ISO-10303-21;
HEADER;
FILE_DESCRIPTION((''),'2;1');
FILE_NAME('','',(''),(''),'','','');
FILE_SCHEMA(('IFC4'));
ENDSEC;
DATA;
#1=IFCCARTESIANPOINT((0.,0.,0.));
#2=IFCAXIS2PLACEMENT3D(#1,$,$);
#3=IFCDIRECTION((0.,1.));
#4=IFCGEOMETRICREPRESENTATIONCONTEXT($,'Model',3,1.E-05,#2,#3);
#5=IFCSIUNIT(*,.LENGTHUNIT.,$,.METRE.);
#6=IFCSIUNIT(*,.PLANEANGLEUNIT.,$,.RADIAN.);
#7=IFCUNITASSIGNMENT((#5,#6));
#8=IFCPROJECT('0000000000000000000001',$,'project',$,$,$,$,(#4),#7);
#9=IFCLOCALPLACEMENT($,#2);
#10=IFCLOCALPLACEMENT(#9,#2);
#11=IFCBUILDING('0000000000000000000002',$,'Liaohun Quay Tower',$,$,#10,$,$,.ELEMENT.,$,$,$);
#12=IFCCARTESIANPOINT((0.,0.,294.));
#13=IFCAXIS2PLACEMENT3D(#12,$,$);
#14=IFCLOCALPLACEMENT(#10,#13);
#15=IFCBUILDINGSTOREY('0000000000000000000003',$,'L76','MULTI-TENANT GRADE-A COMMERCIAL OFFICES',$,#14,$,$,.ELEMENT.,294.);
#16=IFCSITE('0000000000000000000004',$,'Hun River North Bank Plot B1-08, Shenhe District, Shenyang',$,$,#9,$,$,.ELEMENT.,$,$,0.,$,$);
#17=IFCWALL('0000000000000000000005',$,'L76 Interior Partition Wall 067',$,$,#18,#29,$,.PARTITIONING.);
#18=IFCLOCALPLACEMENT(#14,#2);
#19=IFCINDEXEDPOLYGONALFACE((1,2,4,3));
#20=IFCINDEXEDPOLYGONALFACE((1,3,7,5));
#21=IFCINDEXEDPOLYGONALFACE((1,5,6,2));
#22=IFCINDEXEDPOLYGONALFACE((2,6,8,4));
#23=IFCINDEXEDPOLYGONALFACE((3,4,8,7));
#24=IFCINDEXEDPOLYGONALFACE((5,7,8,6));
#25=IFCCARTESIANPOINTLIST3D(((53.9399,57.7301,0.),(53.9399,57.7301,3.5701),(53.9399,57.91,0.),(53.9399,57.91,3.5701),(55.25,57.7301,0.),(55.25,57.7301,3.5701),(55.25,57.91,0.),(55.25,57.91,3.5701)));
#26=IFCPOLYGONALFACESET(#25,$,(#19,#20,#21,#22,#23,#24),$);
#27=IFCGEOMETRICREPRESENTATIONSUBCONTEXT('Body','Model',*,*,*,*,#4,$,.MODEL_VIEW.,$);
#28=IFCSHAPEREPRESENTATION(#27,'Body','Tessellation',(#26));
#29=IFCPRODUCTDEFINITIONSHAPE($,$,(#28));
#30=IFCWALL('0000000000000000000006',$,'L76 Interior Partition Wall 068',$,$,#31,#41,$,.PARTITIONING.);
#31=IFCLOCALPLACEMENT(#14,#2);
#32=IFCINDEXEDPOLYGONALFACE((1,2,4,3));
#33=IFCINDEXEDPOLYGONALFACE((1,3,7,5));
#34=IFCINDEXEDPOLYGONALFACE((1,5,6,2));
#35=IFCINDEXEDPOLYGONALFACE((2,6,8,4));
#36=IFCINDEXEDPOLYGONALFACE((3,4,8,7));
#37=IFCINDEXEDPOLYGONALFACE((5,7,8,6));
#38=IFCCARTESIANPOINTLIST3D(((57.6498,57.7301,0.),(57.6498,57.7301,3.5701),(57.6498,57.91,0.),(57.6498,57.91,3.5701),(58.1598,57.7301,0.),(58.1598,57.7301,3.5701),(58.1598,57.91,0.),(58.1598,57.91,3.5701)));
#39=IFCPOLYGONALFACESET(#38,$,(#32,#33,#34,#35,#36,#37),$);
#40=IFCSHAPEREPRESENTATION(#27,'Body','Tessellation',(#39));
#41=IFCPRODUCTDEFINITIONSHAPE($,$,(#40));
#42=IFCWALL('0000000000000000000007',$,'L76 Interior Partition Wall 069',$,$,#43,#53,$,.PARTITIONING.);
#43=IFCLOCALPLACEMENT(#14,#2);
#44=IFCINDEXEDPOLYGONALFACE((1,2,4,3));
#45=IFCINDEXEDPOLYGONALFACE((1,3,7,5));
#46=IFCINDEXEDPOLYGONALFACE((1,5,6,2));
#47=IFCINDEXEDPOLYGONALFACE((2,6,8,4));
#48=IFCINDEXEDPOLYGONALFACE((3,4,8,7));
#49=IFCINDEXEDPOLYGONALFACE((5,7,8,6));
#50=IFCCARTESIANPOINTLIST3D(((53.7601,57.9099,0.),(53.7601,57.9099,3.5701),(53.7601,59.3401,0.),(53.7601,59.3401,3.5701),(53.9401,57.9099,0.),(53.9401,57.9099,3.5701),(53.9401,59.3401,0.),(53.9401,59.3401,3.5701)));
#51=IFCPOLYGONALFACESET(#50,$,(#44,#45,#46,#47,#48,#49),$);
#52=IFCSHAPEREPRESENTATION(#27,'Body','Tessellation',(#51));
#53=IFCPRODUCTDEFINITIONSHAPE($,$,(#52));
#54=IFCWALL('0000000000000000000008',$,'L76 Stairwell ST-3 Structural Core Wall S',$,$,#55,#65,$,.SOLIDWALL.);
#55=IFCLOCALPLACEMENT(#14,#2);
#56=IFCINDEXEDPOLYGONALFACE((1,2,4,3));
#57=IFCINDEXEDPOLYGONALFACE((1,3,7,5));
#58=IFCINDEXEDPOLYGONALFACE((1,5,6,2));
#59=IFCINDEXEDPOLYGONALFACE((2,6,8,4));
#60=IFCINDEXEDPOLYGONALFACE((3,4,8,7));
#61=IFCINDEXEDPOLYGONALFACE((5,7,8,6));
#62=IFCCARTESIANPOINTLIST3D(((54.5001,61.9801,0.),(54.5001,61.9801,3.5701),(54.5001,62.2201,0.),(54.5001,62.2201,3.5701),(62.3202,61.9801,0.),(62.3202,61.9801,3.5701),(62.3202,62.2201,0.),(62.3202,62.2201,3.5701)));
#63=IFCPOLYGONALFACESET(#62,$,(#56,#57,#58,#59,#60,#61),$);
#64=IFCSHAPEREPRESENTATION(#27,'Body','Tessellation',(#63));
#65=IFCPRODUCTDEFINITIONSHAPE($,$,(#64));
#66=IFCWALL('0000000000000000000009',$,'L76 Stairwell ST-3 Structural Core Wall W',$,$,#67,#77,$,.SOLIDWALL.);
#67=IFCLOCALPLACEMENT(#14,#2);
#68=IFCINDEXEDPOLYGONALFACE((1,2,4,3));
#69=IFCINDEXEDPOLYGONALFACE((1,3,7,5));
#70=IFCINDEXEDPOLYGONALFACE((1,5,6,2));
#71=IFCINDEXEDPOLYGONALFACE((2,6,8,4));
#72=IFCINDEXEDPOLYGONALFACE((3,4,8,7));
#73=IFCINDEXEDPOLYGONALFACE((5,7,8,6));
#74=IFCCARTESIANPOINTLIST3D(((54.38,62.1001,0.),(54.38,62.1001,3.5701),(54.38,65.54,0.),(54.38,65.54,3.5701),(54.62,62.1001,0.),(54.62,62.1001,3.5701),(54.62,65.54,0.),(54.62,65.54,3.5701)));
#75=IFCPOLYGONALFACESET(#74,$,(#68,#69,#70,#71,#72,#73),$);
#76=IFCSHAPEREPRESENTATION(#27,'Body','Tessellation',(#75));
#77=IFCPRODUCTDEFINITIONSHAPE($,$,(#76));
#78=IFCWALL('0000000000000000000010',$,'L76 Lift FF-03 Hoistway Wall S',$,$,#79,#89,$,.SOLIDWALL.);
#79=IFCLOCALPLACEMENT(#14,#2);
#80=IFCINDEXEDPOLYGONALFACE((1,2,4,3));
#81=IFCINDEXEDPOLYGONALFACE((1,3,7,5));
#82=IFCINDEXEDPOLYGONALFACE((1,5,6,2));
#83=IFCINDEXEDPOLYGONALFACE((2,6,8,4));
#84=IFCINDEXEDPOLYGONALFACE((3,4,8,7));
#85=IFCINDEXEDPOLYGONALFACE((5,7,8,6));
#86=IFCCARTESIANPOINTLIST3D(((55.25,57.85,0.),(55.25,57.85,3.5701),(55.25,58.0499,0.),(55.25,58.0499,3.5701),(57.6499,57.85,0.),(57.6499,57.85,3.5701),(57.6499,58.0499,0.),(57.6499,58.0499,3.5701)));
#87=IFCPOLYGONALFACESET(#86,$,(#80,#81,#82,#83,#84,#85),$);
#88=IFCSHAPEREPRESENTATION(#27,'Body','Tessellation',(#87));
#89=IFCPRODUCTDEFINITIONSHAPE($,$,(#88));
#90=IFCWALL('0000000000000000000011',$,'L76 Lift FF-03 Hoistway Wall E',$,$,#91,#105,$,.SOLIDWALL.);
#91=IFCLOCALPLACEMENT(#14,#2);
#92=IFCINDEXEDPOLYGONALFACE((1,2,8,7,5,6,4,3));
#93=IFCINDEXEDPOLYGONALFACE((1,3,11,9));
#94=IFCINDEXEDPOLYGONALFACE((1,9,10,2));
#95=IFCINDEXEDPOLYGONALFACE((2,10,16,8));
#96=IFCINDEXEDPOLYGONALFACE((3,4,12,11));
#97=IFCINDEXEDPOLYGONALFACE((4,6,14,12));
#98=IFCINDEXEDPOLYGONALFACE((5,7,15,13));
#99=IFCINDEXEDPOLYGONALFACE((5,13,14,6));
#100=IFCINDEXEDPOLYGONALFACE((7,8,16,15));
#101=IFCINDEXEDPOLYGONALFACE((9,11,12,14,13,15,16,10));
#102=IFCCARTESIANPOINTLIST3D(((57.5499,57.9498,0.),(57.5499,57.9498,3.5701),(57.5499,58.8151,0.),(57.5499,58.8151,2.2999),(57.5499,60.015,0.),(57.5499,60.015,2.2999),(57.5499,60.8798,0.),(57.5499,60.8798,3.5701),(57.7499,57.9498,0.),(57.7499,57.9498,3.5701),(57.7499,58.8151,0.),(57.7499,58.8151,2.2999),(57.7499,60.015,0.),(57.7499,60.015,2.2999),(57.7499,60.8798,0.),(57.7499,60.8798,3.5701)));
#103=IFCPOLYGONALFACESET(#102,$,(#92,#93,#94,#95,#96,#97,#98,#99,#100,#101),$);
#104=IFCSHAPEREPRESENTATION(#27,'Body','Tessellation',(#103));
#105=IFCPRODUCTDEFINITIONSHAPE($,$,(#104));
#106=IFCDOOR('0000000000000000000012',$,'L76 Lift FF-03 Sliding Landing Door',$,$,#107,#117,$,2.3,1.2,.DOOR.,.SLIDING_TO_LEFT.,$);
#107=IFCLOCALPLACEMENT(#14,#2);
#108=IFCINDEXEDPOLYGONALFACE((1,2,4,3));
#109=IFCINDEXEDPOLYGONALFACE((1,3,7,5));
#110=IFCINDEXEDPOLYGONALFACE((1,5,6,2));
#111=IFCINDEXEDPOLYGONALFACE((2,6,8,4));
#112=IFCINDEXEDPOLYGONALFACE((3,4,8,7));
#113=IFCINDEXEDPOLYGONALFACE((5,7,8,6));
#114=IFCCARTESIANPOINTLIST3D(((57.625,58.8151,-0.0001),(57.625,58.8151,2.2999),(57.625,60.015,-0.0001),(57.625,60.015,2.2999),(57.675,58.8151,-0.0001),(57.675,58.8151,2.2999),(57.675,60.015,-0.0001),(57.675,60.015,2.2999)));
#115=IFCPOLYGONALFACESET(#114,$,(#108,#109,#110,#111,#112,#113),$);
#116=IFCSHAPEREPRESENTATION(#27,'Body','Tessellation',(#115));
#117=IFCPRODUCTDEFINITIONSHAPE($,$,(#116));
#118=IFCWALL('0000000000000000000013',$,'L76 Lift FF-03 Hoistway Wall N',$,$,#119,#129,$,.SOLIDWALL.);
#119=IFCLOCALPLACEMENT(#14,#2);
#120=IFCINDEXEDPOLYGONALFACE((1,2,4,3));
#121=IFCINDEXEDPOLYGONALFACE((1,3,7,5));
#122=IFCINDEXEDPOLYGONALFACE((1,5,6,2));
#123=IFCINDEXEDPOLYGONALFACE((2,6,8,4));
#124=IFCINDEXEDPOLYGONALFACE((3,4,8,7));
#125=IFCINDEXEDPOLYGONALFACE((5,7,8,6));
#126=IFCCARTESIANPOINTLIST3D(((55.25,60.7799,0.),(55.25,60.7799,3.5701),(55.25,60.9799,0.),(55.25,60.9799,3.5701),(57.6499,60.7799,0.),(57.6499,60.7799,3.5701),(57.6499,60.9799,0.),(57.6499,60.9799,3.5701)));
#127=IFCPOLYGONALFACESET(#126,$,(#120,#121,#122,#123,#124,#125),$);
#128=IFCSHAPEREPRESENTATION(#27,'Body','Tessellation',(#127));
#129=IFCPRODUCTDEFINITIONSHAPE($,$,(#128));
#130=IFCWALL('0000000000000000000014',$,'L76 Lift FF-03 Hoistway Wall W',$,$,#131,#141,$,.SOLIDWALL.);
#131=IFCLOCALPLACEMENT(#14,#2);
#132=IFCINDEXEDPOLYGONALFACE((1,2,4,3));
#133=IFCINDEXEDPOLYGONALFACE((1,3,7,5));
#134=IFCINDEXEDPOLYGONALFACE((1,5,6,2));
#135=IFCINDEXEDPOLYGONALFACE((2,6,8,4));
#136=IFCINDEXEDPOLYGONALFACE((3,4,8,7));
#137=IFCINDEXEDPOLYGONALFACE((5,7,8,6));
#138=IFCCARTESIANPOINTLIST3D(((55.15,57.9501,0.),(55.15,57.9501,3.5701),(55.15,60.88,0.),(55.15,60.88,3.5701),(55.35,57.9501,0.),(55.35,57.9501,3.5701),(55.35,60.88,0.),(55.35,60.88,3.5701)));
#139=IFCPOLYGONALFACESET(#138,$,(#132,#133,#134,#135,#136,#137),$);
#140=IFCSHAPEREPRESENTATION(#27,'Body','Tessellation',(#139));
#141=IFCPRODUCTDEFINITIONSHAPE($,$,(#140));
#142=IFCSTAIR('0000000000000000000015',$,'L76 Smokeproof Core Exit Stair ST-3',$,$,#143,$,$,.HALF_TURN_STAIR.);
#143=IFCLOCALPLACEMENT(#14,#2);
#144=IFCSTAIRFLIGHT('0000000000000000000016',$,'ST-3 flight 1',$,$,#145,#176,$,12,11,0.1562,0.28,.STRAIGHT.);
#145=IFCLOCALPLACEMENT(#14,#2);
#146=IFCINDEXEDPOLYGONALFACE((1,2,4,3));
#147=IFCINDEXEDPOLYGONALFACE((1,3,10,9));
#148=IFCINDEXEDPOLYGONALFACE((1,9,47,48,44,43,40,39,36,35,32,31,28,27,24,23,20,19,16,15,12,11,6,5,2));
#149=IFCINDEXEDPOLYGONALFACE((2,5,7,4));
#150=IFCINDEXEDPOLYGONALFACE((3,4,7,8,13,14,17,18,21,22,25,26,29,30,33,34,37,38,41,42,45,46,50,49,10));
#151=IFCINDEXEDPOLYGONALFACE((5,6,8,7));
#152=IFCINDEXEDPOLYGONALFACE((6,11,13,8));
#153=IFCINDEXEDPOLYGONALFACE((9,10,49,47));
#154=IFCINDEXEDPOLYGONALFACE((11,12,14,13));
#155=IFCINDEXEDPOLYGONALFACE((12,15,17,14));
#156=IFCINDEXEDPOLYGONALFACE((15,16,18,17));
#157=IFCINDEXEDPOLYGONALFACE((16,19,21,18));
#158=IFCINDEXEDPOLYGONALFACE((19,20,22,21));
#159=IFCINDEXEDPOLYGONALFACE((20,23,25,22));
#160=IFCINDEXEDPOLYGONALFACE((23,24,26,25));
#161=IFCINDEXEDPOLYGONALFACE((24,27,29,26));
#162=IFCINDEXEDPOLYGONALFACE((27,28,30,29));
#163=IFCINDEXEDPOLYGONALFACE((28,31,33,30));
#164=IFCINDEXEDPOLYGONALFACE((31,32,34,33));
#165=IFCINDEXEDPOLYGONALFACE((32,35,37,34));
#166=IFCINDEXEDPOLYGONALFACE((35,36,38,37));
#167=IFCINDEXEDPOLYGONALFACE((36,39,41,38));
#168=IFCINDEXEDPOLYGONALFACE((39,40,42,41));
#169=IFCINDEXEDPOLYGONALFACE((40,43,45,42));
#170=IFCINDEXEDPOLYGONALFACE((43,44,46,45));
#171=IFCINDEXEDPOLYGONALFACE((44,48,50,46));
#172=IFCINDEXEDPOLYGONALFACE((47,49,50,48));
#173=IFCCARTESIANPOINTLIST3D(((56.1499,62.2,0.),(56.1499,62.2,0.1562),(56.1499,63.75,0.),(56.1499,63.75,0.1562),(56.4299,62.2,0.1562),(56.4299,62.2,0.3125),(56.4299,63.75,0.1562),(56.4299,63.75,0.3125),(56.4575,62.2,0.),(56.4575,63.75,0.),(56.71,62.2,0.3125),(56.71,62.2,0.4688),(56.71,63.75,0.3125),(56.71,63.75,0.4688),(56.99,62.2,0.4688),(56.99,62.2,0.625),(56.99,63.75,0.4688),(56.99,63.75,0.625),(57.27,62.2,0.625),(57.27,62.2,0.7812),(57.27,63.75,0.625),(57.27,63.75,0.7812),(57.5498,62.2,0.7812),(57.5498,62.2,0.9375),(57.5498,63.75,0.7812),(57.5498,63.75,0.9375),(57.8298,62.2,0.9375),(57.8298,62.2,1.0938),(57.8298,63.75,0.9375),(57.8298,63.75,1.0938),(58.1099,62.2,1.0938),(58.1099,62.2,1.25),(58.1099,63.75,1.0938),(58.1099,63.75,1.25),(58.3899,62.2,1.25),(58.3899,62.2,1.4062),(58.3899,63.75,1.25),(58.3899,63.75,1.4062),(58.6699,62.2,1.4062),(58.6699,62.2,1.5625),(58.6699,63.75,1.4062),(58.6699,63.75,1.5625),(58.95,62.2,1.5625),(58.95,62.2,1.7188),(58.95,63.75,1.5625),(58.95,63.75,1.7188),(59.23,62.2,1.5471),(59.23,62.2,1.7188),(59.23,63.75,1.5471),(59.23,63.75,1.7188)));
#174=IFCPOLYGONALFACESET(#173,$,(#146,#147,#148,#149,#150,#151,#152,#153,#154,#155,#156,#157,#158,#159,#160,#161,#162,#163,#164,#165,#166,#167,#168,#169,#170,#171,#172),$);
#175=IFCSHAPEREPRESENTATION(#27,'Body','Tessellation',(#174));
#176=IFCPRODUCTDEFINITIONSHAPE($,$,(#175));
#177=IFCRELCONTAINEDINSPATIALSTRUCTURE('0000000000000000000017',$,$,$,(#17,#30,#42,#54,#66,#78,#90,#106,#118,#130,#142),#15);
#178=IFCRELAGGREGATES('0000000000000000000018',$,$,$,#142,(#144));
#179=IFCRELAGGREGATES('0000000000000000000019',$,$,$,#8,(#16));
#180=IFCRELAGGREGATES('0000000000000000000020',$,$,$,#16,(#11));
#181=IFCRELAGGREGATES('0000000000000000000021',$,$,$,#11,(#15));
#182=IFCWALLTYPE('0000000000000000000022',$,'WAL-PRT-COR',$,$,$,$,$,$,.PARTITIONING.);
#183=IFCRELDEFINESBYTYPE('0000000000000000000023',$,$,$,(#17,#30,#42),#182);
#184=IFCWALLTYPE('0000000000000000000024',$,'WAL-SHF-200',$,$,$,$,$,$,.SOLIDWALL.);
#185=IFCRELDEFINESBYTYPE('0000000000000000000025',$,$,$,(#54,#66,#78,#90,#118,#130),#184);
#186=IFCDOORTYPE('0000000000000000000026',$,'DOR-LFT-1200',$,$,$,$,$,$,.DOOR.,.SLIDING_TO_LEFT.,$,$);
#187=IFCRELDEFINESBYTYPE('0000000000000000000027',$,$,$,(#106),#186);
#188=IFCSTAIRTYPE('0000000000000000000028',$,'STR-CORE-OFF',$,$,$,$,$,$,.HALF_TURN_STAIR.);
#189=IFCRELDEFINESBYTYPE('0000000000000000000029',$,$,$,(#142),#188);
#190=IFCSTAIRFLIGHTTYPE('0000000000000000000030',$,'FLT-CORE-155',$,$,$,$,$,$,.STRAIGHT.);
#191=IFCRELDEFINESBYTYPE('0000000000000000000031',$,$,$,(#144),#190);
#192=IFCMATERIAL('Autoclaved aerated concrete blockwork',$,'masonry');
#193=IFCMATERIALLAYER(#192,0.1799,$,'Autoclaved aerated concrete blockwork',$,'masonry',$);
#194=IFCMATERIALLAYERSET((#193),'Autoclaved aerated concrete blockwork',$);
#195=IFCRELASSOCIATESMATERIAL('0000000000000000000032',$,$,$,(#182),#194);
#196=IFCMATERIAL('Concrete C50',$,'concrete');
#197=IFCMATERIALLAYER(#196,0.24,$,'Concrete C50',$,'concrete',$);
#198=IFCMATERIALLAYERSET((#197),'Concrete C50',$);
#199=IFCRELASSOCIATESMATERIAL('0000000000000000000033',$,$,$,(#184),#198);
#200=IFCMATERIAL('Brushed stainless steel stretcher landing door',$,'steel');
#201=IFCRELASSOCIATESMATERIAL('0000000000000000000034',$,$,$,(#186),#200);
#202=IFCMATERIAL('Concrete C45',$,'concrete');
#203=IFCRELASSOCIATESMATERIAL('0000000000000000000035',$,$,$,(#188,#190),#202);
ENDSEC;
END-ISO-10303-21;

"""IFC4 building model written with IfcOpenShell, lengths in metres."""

from ifc_helpers import new_model, si_unit, direction, frame, frame_2d, origin, place, context, subcontext, project, spatial, polyline, rectangle, outline, extrude, source, transform, mapped, material, layer, layer_set, type_object, element, fill, aggregate, save


model = new_model("IFC4")

# Units and contexts
model_context = context("Model", 3, precision=1e-05, world=origin(), true_north=direction((0.0, 1.0)))
body_context = subcontext(model_context, "Body", "Model", "MODEL_VIEW")
ifc_project = project(units=[si_unit("LENGTHUNIT", "METRE"), si_unit("PLANEANGLEUNIT", "RADIAN")], contexts=[model_context])

# Site, building, storey
site_placement = place(None, origin())
site = spatial("IfcSite", under=ifc_project, at=site_placement, Name="Hun River North Bank Plot B1-08, Shenhe District, Shenyang", CompositionType="ELEMENT", RefElevation=0.0)
building_placement = place(site_placement, origin())
building = spatial("IfcBuilding", under=site, at=building_placement, Name="Liaohun Quay Tower", CompositionType="ELEMENT")
storey_placement = place(building_placement, frame((0.0, 0.0, 294.0)))
storey = spatial("IfcBuildingStorey", under=building, at=storey_placement, Name="L76", Description="MULTI-TENANT GRADE-A COMMERCIAL OFFICES", CompositionType="ELEMENT", Elevation=294.0)

# Shared definitions
ifc_material_1 = material(Name="Concrete C50", Category="concrete")

# Shared definitions
ifc_material_2 = material(Name="Autoclaved aerated concrete blockwork", Category="masonry")
ifc_layer_1 = layer(ifc_material_2, 0.1799, Name="Autoclaved aerated concrete blockwork", Category="masonry")
ifc_layer_set_1 = layer_set([ifc_layer_1], Name="Autoclaved aerated concrete blockwork")
wall_type_1 = type_object("IfcWallType", Name="WAL-PRT-COR", PredefinedType="PARTITIONING", material=ifc_layer_set_1)

# Walls
wall_1_placement = place(storey_placement, frame((53.9399, 57.8201, 0.0), z_axis=(0.0, 0.0, 1.0), x_axis=(1.0, 0.0, 0.0)))
element("IfcWall", 1, at=wall_1_placement, inside=storey, type_object=wall_type_1, Name="L76 Interior Partition Wall 067", PredefinedType="PARTITIONING", context=body_context, shape_type="SweptSolid", body=[
    extrude(rectangle(XDim=1.3101, YDim=0.1799, at=frame_2d((0.655, 0.0))), origin(), (0.0, 0.0, 1.0), 3.5701),
])
wall_2_placement = place(storey_placement, frame((57.6499, 57.8201, 0.0), z_axis=(0.0, 0.0, 1.0), x_axis=(1.0, 0.0, 0.0)))
element("IfcWall", 2, at=wall_2_placement, inside=storey, type_object=wall_type_1, Name="L76 Interior Partition Wall 068", PredefinedType="PARTITIONING", context=body_context, shape_type="SweptSolid", body=[
    extrude(rectangle(XDim=0.51, YDim=0.1799, at=frame_2d((0.2549, 0.0))), origin(), (0.0, 0.0, 1.0), 3.5701),
])
wall_3_placement = place(storey_placement, frame((53.8501, 57.9099, 0.0), z_axis=(0.0, 0.0, 1.0), x_axis=(0.0, 1.0, 0.0)))
element("IfcWall", 3, at=wall_3_placement, inside=storey, type_object=wall_type_1, Name="L76 Interior Partition Wall 069", PredefinedType="PARTITIONING", context=body_context, shape_type="SweptSolid", body=[
    extrude(rectangle(XDim=1.4302, YDim=0.1799, at=frame_2d((0.7151, 0.0))), origin(), (0.0, 0.0, 1.0), 3.5701),
])
ifc_layer_2 = layer(ifc_material_1, 0.24, Name="Concrete C50", Category="concrete")
ifc_layer_set_2 = layer_set([ifc_layer_2], Name="Concrete C50")
wall_type_2 = type_object("IfcWallType", Name="WAL-SHF-200", PredefinedType="SOLIDWALL", material=ifc_layer_set_2)
wall_4_placement = place(storey_placement, frame((54.5, 62.1001, 0.0), z_axis=(0.0, 0.0, 1.0), x_axis=(1.0, 0.0, 0.0)))
element("IfcWall", 4, at=wall_4_placement, inside=storey, type_object=wall_type_2, Name="L76 Stairwell ST-3 Structural Core Wall S", PredefinedType="SOLIDWALL", context=body_context, shape_type="SweptSolid", body=[
    extrude(rectangle(XDim=7.8201, YDim=0.24, at=frame_2d((3.9102, 0.0))), origin(), (0.0, 0.0, 1.0), 3.5701),
])
wall_5_placement = place(storey_placement, frame((54.5, 65.54, 0.0), z_axis=(0.0, 0.0, 1.0), x_axis=(0.0, -1.0, 0.0)))
element("IfcWall", 5, at=wall_5_placement, inside=storey, type_object=wall_type_2, Name="L76 Stairwell ST-3 Structural Core Wall W", PredefinedType="SOLIDWALL", context=body_context, shape_type="SweptSolid", body=[
    extrude(rectangle(XDim=3.4399, YDim=0.24, at=frame_2d((1.72, 0.0))), origin(), (0.0, 0.0, 1.0), 3.5701),
])
wall_6_placement = place(storey_placement, frame((55.25, 57.95, 0.0), z_axis=(0.0, 0.0, 1.0), x_axis=(1.0, 0.0, 0.0)))
element("IfcWall", 6, at=wall_6_placement, inside=storey, type_object=wall_type_2, Name="L76 Lift FF-03 Hoistway Wall S", PredefinedType="SOLIDWALL", context=body_context, shape_type="SweptSolid", body=[
    extrude(rectangle(XDim=2.3999, YDim=0.2, at=frame_2d((1.2, 0.0))), origin(), (0.0, 0.0, 1.0), 3.5701),
])

# Wall, opening, door
wall_7_placement = place(storey_placement, frame((57.6499, 57.95, 0.0), z_axis=(0.0, 0.0, 1.0), x_axis=(0.0, 1.0, 0.0)))
wall_7 = element("IfcWall", 7, at=wall_7_placement, inside=storey, type_object=wall_type_2, Name="L76 Lift FF-03 Hoistway Wall E", PredefinedType="SOLIDWALL", context=body_context, shape_type="SweptSolid", body=[
    extrude(rectangle(XDim=2.9299, YDim=0.2, at=frame_2d((1.4648, 0.0))), origin(), (0.0, 0.0, 1.0), 3.5701),
])
shared_shape_1 = source(origin(), body_context, "Body", "SweptSolid", [
    extrude(rectangle(XDim=1.2, YDim=2.3, at=frame_2d((0.6001, 1.1499))), frame((0.0, 0.1099, 0.0), z_axis=(0.0, -1.0, 0.0), x_axis=(1.0, 0.0, 0.0)), (0.0, 0.0, 1.0), 0.22),
])
opening_1_placement = place(wall_7_placement, frame((0.865, 0.0, 0.0)))
opening_1 = element("IfcOpeningElement", 8, at=opening_1_placement, cuts=wall_7, PredefinedType="OPENING", context=body_context, shape_type="MappedRepresentation", body=[
    mapped(shared_shape_1, transform((0.0, 0.0, 0.0), x_axis=(1.0, 0.0, 0.0), y_axis=(0.0, 1.0, 0.0), z_axis=(0.0, 0.0, 1.0), scale=1.0)),
])
ifc_material_3 = material(Name="Brushed stainless steel stretcher landing door", Category="steel")
door_type_1 = type_object("IfcDoorType", Name="DOR-LFT-1200", OperationType="SLIDING_TO_LEFT", PredefinedType="DOOR", material=ifc_material_3)
shared_shape_2 = source(origin(), body_context, "Body", "SweptSolid", [
    extrude(rectangle(XDim=1.2, YDim=2.3, at=frame_2d((0.6001, 1.1499))), frame((0.0, 0.0249, 0.0), z_axis=(0.0, -1.0, 0.0), x_axis=(1.0, 0.0, 0.0)), (0.0, 0.0, 1.0), 0.05),
])
door_1_placement = place(opening_1_placement, origin())
door_1 = element("IfcDoor", 9, at=door_1_placement, inside=storey, type_object=door_type_1, Name="L76 Lift FF-03 Sliding Landing Door", OperationType="SLIDING_TO_LEFT", OverallHeight=2.3, OverallWidth=1.2, PredefinedType="DOOR", context=body_context, shape_type="MappedRepresentation", body=[
    mapped(shared_shape_2, transform((0.0, 0.0, 0.0), x_axis=(1.0, 0.0, 0.0), y_axis=(0.0, 1.0, 0.0), z_axis=(0.0, 0.0, 1.0), scale=1.0)),
])
fill(opening_1, door_1)

# Walls
wall_8_placement = place(storey_placement, frame((57.6499, 60.8799, 0.0), z_axis=(0.0, 0.0, 1.0), x_axis=(-1.0, 0.0, 0.0)))
element("IfcWall", 10, at=wall_8_placement, inside=storey, type_object=wall_type_2, Name="L76 Lift FF-03 Hoistway Wall N", PredefinedType="SOLIDWALL", context=body_context, shape_type="SweptSolid", body=[
    extrude(rectangle(XDim=2.3999, YDim=0.2, at=frame_2d((1.2, 0.0))), origin(), (0.0, 0.0, 1.0), 3.5701),
])
wall_9_placement = place(storey_placement, frame((55.25, 60.8799, 0.0), z_axis=(0.0, 0.0, 1.0), x_axis=(0.0, -1.0, 0.0)))
element("IfcWall", 11, at=wall_9_placement, inside=storey, type_object=wall_type_2, Name="L76 Lift FF-03 Hoistway Wall W", PredefinedType="SOLIDWALL", context=body_context, shape_type="SweptSolid", body=[
    extrude(rectangle(XDim=2.9299, YDim=0.2, at=frame_2d((1.4648, 0.0))), origin(), (0.0, 0.0, 1.0), 3.5701),
])

# Stair, stair flight
ifc_material_4 = material(Name="Concrete C45", Category="concrete")
stair_type = type_object("IfcStairType", Name="STR-CORE-OFF", PredefinedType="HALF_TURN_STAIR", material=ifc_material_4)
stair_placement = place(storey_placement, origin())
stair = element("IfcStair", 12, at=stair_placement, inside=storey, type_object=stair_type, Name="L76 Smokeproof Core Exit Stair ST-3", PredefinedType="HALF_TURN_STAIR")
stair_flight_type = type_object("IfcStairFlightType", Name="FLT-CORE-155", PredefinedType="STRAIGHT", material=ifc_material_4)
stair_flight_1_placement = place(storey_placement, frame((56.1499, 62.9751, 0.0), z_axis=(0.0, 0.0, 1.0), x_axis=(1.0, 0.0, 0.0)))
stair_flight_1 = element("IfcStairFlight", 13, at=stair_flight_1_placement, type_object=stair_flight_type, Name="ST-3 flight 1", NumberOfRisers=12, NumberOfTreads=11, PredefinedType="STRAIGHT", RiserHeight=0.1562, TreadLength=0.28, context=body_context, shape_type="SweptSolid", body=[
    extrude(outline(polyline([(0.0, 0.0), (0.0, 0.1562), (0.28, 0.1562), (0.28, 0.3125), (0.5601, 0.3125), (0.5601, 0.4688), (0.8401, 0.4688), (0.8401, 0.625), (1.1201, 0.625), (1.1201, 0.7812), (1.3999, 0.7812), (1.3999, 0.9375), (1.6799, 0.9375), (1.6799, 1.0938), (1.96, 1.0938), (1.96, 1.25), (2.24, 1.25), (2.24, 1.4062), (2.52, 1.4062), (2.52, 1.5625), (2.8, 1.5625), (2.8, 1.7188), (3.0801, 1.7188), (3.0801, 1.875), (3.0801, 1.5471), (0.3076, 0.0), (0.0, 0.0)])), frame((0.0, 0.7749, 0.0), z_axis=(0.0, -1.0, 0.0), x_axis=(1.0, 0.0, 0.0)), (0.0, 0.0, 1.0), 1.55),
])
aggregate(stair, [stair_flight_1])

save(model, "model.ifc")
